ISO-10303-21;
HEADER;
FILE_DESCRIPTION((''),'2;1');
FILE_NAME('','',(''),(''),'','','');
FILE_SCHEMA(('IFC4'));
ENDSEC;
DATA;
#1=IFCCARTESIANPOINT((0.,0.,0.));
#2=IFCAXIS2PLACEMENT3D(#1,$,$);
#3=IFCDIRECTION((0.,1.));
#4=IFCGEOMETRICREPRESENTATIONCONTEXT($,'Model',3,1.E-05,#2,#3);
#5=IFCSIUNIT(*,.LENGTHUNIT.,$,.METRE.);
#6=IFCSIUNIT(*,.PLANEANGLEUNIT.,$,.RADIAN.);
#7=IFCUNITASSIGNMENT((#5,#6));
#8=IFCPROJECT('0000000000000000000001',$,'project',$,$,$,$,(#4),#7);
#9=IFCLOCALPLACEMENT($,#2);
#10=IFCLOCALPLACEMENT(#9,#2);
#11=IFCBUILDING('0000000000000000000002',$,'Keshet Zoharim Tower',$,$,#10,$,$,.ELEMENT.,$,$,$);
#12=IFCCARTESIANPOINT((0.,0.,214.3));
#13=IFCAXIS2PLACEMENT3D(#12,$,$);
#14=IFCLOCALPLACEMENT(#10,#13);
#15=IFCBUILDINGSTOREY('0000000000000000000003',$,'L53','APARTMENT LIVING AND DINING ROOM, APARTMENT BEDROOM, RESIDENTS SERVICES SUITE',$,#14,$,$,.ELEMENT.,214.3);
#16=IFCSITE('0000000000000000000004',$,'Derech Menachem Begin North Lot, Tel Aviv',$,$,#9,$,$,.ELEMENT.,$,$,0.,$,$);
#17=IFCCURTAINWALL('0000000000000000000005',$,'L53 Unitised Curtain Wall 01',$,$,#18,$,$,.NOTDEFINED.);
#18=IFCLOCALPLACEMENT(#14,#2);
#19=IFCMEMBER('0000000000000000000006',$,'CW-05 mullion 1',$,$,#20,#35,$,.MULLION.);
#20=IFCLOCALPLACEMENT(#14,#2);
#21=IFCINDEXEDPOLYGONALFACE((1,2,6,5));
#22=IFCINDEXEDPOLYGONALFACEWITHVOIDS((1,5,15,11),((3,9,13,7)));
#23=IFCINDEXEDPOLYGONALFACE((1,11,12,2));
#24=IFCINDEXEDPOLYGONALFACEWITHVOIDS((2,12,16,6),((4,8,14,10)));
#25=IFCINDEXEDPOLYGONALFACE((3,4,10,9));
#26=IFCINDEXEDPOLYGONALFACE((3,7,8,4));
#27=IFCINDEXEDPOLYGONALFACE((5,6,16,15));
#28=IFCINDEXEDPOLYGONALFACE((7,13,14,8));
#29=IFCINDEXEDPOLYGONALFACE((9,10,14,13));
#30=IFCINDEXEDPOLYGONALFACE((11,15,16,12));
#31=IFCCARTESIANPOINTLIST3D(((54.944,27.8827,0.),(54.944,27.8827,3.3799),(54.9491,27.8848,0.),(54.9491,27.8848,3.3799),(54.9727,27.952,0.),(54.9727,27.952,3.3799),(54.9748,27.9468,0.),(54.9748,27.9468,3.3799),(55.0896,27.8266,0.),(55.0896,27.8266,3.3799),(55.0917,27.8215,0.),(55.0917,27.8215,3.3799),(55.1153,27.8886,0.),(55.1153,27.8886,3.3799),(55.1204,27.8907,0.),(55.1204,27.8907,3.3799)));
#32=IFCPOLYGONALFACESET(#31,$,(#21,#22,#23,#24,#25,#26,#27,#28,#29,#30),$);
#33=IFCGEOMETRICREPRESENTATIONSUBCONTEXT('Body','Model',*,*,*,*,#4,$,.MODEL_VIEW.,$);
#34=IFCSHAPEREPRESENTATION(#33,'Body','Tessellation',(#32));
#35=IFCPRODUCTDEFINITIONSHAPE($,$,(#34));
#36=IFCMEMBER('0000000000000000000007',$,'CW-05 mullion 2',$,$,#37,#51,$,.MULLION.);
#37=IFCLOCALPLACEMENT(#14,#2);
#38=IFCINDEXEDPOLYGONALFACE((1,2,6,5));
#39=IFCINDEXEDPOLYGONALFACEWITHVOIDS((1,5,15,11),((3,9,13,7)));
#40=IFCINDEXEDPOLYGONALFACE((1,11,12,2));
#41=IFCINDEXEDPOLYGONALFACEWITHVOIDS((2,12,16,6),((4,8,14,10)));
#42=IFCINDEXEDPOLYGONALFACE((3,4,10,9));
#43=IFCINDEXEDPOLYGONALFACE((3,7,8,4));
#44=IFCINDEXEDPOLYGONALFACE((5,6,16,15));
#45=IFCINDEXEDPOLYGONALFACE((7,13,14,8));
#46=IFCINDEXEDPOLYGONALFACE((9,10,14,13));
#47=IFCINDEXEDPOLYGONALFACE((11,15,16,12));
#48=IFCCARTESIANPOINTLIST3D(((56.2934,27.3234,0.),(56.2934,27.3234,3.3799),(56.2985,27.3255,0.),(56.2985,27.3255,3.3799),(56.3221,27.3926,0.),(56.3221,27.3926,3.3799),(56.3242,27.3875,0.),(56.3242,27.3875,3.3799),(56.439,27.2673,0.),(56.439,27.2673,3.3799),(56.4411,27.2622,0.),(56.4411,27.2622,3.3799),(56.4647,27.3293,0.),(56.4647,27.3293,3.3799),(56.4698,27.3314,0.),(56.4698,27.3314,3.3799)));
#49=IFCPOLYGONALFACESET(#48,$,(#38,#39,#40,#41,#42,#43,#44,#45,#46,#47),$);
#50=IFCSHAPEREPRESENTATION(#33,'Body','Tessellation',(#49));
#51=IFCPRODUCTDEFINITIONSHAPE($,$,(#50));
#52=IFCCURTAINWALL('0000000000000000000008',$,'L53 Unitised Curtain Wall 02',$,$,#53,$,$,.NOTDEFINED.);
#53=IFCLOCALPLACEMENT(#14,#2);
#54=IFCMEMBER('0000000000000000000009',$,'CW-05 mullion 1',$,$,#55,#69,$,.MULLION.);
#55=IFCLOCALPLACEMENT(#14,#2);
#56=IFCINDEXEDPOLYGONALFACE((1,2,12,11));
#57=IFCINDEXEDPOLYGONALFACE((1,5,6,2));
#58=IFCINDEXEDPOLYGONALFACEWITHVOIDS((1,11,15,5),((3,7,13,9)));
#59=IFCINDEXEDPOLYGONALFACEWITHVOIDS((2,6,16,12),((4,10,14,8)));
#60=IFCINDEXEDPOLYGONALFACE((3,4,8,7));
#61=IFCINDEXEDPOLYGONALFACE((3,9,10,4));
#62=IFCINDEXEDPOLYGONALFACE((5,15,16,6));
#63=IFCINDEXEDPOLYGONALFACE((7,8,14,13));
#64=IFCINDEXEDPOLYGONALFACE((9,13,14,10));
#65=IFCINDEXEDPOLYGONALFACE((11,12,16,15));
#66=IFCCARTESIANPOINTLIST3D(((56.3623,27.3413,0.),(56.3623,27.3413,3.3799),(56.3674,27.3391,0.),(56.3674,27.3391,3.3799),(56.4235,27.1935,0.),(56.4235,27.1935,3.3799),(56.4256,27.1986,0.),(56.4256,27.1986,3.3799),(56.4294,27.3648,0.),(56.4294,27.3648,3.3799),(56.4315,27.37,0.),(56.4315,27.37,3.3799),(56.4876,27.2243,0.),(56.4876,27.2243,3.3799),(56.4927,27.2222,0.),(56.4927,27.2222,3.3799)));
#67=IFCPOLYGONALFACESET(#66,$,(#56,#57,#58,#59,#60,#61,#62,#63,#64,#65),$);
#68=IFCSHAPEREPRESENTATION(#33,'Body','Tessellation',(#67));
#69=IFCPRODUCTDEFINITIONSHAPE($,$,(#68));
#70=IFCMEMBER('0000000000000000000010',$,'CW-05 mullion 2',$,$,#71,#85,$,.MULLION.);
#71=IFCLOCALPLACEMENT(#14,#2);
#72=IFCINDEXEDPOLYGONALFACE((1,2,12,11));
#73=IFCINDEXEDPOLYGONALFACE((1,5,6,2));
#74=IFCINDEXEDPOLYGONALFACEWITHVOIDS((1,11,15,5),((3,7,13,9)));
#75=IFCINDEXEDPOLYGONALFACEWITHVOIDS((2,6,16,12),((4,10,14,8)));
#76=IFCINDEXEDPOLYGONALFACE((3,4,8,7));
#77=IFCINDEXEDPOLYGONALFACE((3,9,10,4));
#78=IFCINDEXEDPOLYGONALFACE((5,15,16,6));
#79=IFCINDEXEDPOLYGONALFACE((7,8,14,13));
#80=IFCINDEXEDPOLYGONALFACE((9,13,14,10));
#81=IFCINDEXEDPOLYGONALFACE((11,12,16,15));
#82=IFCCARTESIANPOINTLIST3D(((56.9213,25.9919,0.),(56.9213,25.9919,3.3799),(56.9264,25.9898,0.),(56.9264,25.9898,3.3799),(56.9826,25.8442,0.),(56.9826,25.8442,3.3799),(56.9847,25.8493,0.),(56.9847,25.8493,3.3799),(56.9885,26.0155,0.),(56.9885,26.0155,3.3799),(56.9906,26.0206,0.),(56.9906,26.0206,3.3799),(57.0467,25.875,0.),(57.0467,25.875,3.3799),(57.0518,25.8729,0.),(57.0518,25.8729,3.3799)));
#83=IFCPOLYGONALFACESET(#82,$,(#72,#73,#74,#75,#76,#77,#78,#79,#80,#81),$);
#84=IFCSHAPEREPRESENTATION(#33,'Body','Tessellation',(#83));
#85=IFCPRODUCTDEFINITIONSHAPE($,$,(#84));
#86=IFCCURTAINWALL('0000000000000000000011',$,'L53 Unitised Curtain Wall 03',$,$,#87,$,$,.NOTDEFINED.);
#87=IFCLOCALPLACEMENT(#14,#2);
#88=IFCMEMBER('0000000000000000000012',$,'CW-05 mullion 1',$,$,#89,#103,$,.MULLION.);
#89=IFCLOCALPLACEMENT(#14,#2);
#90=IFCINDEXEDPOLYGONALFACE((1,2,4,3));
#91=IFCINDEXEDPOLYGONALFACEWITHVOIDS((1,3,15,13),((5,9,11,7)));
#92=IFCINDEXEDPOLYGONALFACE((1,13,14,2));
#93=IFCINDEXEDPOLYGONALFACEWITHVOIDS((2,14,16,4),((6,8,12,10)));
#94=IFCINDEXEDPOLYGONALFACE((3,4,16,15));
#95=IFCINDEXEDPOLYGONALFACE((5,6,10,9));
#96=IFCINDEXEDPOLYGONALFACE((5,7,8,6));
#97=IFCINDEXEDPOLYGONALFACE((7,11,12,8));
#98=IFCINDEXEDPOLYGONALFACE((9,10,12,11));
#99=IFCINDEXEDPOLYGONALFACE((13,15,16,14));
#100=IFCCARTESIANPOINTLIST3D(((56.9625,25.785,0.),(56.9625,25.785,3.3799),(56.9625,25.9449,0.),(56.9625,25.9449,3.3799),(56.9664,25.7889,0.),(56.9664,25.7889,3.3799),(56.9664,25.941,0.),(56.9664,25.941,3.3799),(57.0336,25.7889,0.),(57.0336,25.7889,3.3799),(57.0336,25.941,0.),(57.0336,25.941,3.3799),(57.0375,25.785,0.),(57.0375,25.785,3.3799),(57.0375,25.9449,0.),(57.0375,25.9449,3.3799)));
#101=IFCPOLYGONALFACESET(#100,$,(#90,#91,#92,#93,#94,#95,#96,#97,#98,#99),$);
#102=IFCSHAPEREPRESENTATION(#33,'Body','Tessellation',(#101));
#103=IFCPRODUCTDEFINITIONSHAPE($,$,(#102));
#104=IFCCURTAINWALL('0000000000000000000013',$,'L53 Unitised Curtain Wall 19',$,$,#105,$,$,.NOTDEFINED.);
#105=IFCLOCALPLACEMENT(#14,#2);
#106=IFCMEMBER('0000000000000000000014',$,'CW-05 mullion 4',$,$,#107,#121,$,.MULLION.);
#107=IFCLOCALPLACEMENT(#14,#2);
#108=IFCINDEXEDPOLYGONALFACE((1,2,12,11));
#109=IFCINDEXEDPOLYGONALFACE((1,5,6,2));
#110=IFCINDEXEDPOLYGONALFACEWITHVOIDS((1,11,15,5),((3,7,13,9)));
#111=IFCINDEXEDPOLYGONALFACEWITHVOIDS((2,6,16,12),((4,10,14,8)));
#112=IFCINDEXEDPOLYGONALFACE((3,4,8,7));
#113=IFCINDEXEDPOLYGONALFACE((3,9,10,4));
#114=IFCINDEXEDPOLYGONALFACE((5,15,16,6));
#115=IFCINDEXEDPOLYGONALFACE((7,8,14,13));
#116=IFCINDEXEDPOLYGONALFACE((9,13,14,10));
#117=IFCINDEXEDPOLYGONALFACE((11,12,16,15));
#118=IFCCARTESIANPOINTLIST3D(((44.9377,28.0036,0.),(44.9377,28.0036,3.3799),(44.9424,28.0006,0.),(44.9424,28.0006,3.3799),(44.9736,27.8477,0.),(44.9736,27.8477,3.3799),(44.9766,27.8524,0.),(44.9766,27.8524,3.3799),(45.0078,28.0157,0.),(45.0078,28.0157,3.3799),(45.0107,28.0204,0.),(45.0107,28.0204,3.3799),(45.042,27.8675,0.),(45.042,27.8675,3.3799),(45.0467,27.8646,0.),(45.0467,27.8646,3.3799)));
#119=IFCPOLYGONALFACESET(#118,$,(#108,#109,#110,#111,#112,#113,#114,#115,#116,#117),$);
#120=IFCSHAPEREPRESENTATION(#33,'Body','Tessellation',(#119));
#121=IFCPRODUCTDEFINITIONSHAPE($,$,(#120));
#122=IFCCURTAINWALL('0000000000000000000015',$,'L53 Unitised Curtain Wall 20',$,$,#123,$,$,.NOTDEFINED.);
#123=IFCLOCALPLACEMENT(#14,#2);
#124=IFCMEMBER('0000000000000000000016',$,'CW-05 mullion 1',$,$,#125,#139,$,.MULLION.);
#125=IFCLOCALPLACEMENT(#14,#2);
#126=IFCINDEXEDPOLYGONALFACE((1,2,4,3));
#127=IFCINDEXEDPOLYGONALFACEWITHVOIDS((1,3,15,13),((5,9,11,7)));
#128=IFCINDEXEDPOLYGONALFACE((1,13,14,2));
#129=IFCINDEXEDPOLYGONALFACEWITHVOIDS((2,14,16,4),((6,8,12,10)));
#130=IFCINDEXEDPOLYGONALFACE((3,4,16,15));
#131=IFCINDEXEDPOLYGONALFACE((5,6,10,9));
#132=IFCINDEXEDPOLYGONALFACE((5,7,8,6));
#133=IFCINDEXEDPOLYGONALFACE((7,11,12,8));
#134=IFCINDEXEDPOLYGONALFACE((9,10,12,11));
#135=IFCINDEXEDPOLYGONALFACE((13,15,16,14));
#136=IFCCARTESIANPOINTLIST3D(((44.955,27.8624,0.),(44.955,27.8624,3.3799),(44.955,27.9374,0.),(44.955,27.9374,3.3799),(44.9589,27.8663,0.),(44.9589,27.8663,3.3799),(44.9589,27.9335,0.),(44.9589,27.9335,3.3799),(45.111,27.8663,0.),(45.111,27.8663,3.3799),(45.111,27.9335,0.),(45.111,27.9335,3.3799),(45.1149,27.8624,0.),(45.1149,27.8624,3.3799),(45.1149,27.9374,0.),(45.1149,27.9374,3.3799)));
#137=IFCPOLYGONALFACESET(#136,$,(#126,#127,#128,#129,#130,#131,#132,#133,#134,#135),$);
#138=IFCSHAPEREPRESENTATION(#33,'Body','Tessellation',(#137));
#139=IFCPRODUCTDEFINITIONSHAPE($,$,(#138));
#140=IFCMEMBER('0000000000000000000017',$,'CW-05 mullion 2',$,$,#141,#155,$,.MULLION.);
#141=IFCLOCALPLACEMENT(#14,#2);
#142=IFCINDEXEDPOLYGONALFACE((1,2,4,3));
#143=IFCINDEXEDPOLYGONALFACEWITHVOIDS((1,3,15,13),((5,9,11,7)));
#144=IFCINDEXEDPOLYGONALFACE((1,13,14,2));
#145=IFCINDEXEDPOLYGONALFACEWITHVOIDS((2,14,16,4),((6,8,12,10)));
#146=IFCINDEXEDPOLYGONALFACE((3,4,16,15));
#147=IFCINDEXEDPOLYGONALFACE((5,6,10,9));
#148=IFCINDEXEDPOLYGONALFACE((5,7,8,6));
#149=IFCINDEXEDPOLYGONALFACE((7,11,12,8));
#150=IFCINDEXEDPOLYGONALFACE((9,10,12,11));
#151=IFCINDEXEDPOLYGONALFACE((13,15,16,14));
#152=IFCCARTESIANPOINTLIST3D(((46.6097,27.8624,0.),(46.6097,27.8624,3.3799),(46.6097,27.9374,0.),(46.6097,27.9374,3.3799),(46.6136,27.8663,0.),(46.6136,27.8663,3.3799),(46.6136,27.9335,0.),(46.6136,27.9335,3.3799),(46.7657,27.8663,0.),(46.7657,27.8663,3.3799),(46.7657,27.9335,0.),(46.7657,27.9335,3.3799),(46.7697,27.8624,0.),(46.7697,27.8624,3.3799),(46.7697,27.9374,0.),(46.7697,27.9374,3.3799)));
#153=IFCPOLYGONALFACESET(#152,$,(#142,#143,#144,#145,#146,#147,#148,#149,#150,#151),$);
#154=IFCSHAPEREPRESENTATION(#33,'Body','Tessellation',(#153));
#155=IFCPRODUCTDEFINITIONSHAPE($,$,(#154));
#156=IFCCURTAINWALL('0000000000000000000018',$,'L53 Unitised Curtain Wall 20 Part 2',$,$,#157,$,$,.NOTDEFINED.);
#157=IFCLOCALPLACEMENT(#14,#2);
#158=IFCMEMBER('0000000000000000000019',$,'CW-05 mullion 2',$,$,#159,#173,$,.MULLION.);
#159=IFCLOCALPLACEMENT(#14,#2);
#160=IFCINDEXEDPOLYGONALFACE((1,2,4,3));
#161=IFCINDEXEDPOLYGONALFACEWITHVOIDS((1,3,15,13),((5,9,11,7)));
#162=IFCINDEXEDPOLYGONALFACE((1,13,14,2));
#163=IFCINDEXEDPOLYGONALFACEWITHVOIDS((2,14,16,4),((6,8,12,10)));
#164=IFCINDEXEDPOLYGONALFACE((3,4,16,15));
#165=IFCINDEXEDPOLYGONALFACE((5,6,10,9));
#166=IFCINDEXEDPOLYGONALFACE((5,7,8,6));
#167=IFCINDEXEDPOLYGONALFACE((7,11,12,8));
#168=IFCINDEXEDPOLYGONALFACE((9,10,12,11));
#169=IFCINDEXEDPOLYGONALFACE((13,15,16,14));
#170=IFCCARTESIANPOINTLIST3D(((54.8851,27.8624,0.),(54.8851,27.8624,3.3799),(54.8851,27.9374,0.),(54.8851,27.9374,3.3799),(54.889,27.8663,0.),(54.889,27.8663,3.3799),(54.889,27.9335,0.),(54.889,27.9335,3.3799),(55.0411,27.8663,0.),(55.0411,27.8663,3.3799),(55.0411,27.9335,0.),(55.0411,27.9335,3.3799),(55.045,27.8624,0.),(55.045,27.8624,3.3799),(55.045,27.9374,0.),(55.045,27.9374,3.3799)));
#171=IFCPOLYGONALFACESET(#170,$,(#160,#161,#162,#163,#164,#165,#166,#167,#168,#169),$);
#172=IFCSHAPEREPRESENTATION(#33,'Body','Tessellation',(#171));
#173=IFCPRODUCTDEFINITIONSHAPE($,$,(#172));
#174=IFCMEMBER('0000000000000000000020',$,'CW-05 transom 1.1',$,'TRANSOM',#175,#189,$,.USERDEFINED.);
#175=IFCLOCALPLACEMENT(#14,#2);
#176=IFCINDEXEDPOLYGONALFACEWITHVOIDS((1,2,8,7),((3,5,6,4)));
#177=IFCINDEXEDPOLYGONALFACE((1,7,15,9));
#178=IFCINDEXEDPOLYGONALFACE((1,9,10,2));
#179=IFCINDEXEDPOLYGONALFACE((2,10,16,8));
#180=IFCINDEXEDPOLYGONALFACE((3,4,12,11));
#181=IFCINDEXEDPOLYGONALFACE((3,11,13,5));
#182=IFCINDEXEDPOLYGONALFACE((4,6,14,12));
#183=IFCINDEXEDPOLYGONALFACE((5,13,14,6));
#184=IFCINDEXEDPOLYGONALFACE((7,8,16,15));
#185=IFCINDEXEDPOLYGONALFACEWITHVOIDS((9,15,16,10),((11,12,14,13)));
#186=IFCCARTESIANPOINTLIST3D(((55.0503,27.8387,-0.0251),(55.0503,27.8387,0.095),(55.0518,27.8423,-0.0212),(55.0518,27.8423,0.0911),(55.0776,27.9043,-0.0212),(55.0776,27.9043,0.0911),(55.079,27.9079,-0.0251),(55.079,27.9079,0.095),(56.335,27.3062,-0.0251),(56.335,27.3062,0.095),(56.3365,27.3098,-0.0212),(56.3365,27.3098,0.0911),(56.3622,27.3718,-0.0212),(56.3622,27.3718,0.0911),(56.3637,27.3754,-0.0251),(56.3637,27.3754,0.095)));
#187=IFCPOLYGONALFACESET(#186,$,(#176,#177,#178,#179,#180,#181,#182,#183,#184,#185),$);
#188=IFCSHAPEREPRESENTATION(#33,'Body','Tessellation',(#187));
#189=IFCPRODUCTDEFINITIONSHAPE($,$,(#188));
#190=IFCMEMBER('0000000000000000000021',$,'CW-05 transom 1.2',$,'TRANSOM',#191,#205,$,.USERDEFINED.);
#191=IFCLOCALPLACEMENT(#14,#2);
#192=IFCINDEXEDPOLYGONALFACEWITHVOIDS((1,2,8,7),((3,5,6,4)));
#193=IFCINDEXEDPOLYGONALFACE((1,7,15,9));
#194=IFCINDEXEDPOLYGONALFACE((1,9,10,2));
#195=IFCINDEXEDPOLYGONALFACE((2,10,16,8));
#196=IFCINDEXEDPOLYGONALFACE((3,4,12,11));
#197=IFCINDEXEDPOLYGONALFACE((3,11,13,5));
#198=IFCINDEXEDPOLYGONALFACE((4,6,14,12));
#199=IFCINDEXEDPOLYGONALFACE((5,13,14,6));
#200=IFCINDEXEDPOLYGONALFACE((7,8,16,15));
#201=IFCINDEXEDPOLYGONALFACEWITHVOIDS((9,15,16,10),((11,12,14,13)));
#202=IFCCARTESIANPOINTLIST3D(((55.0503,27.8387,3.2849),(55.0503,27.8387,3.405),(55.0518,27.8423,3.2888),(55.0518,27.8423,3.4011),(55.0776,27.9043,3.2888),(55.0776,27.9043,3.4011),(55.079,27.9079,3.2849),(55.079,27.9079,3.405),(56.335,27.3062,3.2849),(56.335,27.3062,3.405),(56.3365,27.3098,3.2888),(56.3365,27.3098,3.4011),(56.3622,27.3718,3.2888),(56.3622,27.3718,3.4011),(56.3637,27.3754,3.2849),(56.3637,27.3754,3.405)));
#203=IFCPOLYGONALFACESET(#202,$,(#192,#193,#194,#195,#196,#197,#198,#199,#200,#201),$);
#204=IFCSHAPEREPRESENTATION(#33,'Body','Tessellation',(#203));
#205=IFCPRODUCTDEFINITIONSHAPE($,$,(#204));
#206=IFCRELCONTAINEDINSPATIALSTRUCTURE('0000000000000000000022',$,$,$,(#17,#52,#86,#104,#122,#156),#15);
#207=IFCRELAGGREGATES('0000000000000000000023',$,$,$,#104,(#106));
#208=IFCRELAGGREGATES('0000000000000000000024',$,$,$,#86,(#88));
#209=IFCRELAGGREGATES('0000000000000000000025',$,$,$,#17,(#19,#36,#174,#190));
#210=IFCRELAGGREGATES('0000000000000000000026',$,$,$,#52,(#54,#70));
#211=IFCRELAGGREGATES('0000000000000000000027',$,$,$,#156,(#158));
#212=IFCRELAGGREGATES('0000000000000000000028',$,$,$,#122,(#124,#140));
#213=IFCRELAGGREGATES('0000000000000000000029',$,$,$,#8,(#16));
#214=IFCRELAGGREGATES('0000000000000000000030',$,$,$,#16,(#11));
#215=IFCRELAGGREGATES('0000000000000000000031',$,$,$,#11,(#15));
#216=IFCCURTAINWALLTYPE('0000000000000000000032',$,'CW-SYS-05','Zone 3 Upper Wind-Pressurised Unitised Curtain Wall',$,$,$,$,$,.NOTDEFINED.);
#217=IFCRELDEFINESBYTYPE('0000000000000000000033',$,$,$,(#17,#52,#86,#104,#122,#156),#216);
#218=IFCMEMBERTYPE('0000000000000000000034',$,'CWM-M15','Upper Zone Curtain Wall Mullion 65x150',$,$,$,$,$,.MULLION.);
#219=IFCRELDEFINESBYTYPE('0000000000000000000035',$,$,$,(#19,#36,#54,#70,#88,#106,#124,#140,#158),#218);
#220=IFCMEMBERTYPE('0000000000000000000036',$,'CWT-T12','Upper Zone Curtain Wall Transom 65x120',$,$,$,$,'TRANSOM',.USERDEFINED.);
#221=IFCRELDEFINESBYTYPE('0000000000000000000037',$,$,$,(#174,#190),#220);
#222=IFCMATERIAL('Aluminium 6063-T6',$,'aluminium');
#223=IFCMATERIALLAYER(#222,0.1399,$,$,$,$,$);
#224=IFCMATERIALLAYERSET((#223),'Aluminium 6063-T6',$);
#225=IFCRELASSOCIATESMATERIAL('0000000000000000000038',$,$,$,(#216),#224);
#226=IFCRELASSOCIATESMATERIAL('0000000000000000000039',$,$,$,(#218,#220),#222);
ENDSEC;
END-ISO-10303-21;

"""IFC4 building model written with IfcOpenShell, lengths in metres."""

from ifc_helpers import new_model, si_unit, direction, frame, origin, origin_2d, place, context, subcontext, project, spatial, hollow_rectangle, extrude, material, layer, layer_set, material_profile, profile_set, type_object, element, aggregate, save


model = new_model("IFC4")

# Units and contexts
model_context = context("Model", 3, precision=1e-05, world=origin(), true_north=direction((0.0, 1.0)))
body_context = subcontext(model_context, "Body", "Model", "MODEL_VIEW")
ifc_project = project(units=[si_unit("LENGTHUNIT", "METRE"), si_unit("PLANEANGLEUNIT", "RADIAN")], contexts=[model_context])

# Site, building, storey
site_placement = place(None, origin())
site = spatial("IfcSite", under=ifc_project, at=site_placement, Name="Derech Menachem Begin North Lot, Tel Aviv", CompositionType="ELEMENT", RefElevation=0.0)
building_placement = place(site_placement, origin())
building = spatial("IfcBuilding", under=site, at=building_placement, Name="Keshet Zoharim Tower", CompositionType="ELEMENT")
storey_placement = place(building_placement, frame((0.0, 0.0, 214.3)))
storey = spatial("IfcBuildingStorey", under=building, at=storey_placement, Name="L53", Description="APARTMENT LIVING AND DINING ROOM, APARTMENT BEDROOM, RESIDENTS SERVICES SUITE", CompositionType="ELEMENT", Elevation=214.3)

# Curtain walls, members
ifc_material_1 = material(Name="Aluminium 6063-T6", Category="aluminium")
ifc_layer_1 = layer(ifc_material_1, 0.1399)
ifc_layer_set_1 = layer_set([ifc_layer_1], Name="Aluminium 6063-T6")
curtain_wall_type = type_object("IfcCurtainWallType", Name="CW-SYS-05", Description="Zone 3 Upper Wind-Pressurised Unitised Curtain Wall", PredefinedType="NOTDEFINED", material=ifc_layer_set_1)
curtain_wall_1_placement = place(storey_placement, origin())
curtain_wall_1 = element("IfcCurtainWall", 1, at=curtain_wall_1_placement, inside=storey, type_object=curtain_wall_type, Name="L53 Unitised Curtain Wall 01", PredefinedType="NOTDEFINED")
ifc_material_profile_1 = material_profile(ifc_material_1, hollow_rectangle(XDim=0.075, YDim=0.1599, WallThickness=0.0039, at=origin_2d()), Name="MUL-75x160")
ifc_profile_set_1 = profile_set([ifc_material_profile_1], Name="Aluminium 6063-T6")
member_type_1 = type_object("IfcMemberType", Name="CWM-M15", Description="Upper Zone Curtain Wall Mullion 65x150", PredefinedType="MULLION", material=ifc_profile_set_1)
member_1_placement = place(storey_placement, frame((55.0322, 27.8867, 0.0), z_axis=(0.0, 0.0, 1.0), x_axis=(0.382852, 0.92381, 0.0)))
member_1 = element("IfcMember", 2, at=member_1_placement, type_object=member_type_1, Name="CW-05 mullion 1", PredefinedType="MULLION", context=body_context, shape_type="SweptSolid", body=[
    extrude(hollow_rectangle(XDim=0.075, YDim=0.1599, WallThickness=0.0039, at=origin_2d()), origin(), (0.0, 0.0, 1.0), 3.3799),
])
member_2_placement = place(storey_placement, frame((56.3816, 27.3274, 0.0), z_axis=(0.0, 0.0, 1.0), x_axis=(0.382852, 0.92381, 0.0)))
member_2 = element("IfcMember", 3, at=member_2_placement, type_object=member_type_1, Name="CW-05 mullion 2", PredefinedType="MULLION", context=body_context, shape_type="SweptSolid", body=[
    extrude(hollow_rectangle(XDim=0.075, YDim=0.1599, WallThickness=0.0039, at=origin_2d()), origin(), (0.0, 0.0, 1.0), 3.3799),
])
curtain_wall_2_placement = place(storey_placement, origin())
curtain_wall_2 = element("IfcCurtainWall", 4, at=curtain_wall_2_placement, inside=storey, type_object=curtain_wall_type, Name="L53 Unitised Curtain Wall 02", PredefinedType="NOTDEFINED")
member_3_placement = place(storey_placement, frame((56.4275, 27.2817, 0.0), z_axis=(0.0, 0.0, 1.0), x_axis=(0.92381, 0.382852, 0.0)))
member_3 = element("IfcMember", 5, at=member_3_placement, type_object=member_type_1, Name="CW-05 mullion 1", PredefinedType="MULLION", context=body_context, shape_type="SweptSolid", body=[
    extrude(hollow_rectangle(XDim=0.075, YDim=0.1599, WallThickness=0.0039, at=origin_2d()), origin(), (0.0, 0.0, 1.0), 3.3799),
])
member_4_placement = place(storey_placement, frame((56.9866, 25.9324, 0.0), z_axis=(0.0, 0.0, 1.0), x_axis=(0.92381, 0.382852, 0.0)))
member_4 = element("IfcMember", 6, at=member_4_placement, type_object=member_type_1, Name="CW-05 mullion 2", PredefinedType="MULLION", context=body_context, shape_type="SweptSolid", body=[
    extrude(hollow_rectangle(XDim=0.075, YDim=0.1599, WallThickness=0.0039, at=origin_2d()), origin(), (0.0, 0.0, 1.0), 3.3799),
])

# Curtain walls, members
curtain_wall_3_placement = place(storey_placement, origin())
curtain_wall_3 = element("IfcCurtainWall", 7, at=curtain_wall_3_placement, inside=storey, type_object=curtain_wall_type, Name="L53 Unitised Curtain Wall 03", PredefinedType="NOTDEFINED")
member_5_placement = place(storey_placement, frame((57.0, 25.865, 0.0), z_axis=(0.0, 0.0, 1.0), x_axis=(1.0, 0.0, 0.0)))
member_5 = element("IfcMember", 8, at=member_5_placement, type_object=member_type_1, Name="CW-05 mullion 1", PredefinedType="MULLION", context=body_context, shape_type="SweptSolid", body=[
    extrude(hollow_rectangle(XDim=0.075, YDim=0.1599, WallThickness=0.0039, at=origin_2d()), origin(), (0.0, 0.0, 1.0), 3.3799),
])
curtain_wall_4_placement = place(storey_placement, origin())
curtain_wall_4 = element("IfcCurtainWall", 9, at=curtain_wall_4_placement, inside=storey, type_object=curtain_wall_type, Name="L53 Unitised Curtain Wall 19", PredefinedType="NOTDEFINED")
member_6_placement = place(storey_placement, frame((44.9922, 27.9341, 0.0), z_axis=(0.0, 0.0, 1.0), x_axis=(0.974394, 0.224848, 0.0)))
member_6 = element("IfcMember", 10, at=member_6_placement, type_object=member_type_1, Name="CW-05 mullion 4", PredefinedType="MULLION", context=body_context, shape_type="SweptSolid", body=[
    extrude(hollow_rectangle(XDim=0.075, YDim=0.1599, WallThickness=0.0039, at=origin_2d()), origin(), (0.0, 0.0, 1.0), 3.3799),
])
aggregate(curtain_wall_4, [member_6])

# Curtain wall, members
curtain_wall_5_placement = place(storey_placement, origin())
curtain_wall_5 = element("IfcCurtainWall", 11, at=curtain_wall_5_placement, inside=storey, type_object=curtain_wall_type, Name="L53 Unitised Curtain Wall 20", PredefinedType="NOTDEFINED")
member_7_placement = place(storey_placement, frame((45.0349, 27.8999, 0.0), z_axis=(0.0, 0.0, 1.0), x_axis=(0.0, 1.0, 0.0)))
member_7 = element("IfcMember", 12, at=member_7_placement, type_object=member_type_1, Name="CW-05 mullion 1", PredefinedType="MULLION", context=body_context, shape_type="SweptSolid", body=[
    extrude(hollow_rectangle(XDim=0.075, YDim=0.1599, WallThickness=0.0039, at=origin_2d()), origin(), (0.0, 0.0, 1.0), 3.3799),
])
member_8_placement = place(storey_placement, frame((46.6897, 27.8999, 0.0), z_axis=(0.0, 0.0, 1.0), x_axis=(0.0, 1.0, 0.0)))
member_8 = element("IfcMember", 13, at=member_8_placement, type_object=member_type_1, Name="CW-05 mullion 2", PredefinedType="MULLION", context=body_context, shape_type="SweptSolid", body=[
    extrude(hollow_rectangle(XDim=0.075, YDim=0.1599, WallThickness=0.0039, at=origin_2d()), origin(), (0.0, 0.0, 1.0), 3.3799),
])

# Curtain wall, member
curtain_wall_6_placement = place(storey_placement, origin())
curtain_wall_6 = element("IfcCurtainWall", 14, at=curtain_wall_6_placement, inside=storey, type_object=curtain_wall_type, Name="L53 Unitised Curtain Wall 20 Part 2", PredefinedType="NOTDEFINED")
member_9_placement = place(storey_placement, frame((54.9651, 27.8999, 0.0), z_axis=(0.0, 0.0, 1.0), x_axis=(0.0, 1.0, 0.0)))
member_9 = element("IfcMember", 15, at=member_9_placement, type_object=member_type_1, Name="CW-05 mullion 2", PredefinedType="MULLION", context=body_context, shape_type="SweptSolid", body=[
    extrude(hollow_rectangle(XDim=0.075, YDim=0.1599, WallThickness=0.0039, at=origin_2d()), origin(), (0.0, 0.0, 1.0), 3.3799),
])

# Members
ifc_material_profile_2 = material_profile(ifc_material_1, hollow_rectangle(XDim=0.075, YDim=0.1201, WallThickness=0.0039, at=origin_2d()), Name="TRN-75x120")
ifc_profile_set_2 = profile_set([ifc_material_profile_2], Name="Aluminium 6063-T6")
member_type_2 = type_object("IfcMemberType", Name="CWT-T12", Description="Upper Zone Curtain Wall Transom 65x120", ElementType="TRANSOM", PredefinedType="USERDEFINED", material=ifc_profile_set_2)
member_10_placement = place(storey_placement, frame((55.0647, 27.8733, 0.0349), z_axis=(0.923792, -0.382894, 0.0), x_axis=(0.382894, 0.923792, 0.0)))
member_10 = element("IfcMember", 16, at=member_10_placement, type_object=member_type_2, Name="CW-05 transom 1.1", ObjectType="TRANSOM", PredefinedType="USERDEFINED", context=body_context, shape_type="SweptSolid", body=[
    extrude(hollow_rectangle(XDim=0.075, YDim=0.1201, WallThickness=0.0039, at=origin_2d()), origin(), (0.0, 0.0, 1.0), 1.3906),
])
member_11_placement = place(storey_placement, frame((55.0647, 27.8733, 3.345), z_axis=(0.923792, -0.382894, 0.0), x_axis=(0.382894, 0.923792, 0.0)))
member_11 = element("IfcMember", 17, at=member_11_placement, type_object=member_type_2, Name="CW-05 transom 1.2", ObjectType="TRANSOM", PredefinedType="USERDEFINED", context=body_context, shape_type="SweptSolid", body=[
    extrude(hollow_rectangle(XDim=0.075, YDim=0.1201, WallThickness=0.0039, at=origin_2d()), origin(), (0.0, 0.0, 1.0), 1.3906),
])
aggregate(curtain_wall_3, [member_5])

aggregate(curtain_wall_1, [member_1, member_2, member_10, member_11])
aggregate(curtain_wall_2, [member_3, member_4])
aggregate(curtain_wall_6, [member_9])
aggregate(curtain_wall_5, [member_7, member_8])

save(model, "model.ifc")
